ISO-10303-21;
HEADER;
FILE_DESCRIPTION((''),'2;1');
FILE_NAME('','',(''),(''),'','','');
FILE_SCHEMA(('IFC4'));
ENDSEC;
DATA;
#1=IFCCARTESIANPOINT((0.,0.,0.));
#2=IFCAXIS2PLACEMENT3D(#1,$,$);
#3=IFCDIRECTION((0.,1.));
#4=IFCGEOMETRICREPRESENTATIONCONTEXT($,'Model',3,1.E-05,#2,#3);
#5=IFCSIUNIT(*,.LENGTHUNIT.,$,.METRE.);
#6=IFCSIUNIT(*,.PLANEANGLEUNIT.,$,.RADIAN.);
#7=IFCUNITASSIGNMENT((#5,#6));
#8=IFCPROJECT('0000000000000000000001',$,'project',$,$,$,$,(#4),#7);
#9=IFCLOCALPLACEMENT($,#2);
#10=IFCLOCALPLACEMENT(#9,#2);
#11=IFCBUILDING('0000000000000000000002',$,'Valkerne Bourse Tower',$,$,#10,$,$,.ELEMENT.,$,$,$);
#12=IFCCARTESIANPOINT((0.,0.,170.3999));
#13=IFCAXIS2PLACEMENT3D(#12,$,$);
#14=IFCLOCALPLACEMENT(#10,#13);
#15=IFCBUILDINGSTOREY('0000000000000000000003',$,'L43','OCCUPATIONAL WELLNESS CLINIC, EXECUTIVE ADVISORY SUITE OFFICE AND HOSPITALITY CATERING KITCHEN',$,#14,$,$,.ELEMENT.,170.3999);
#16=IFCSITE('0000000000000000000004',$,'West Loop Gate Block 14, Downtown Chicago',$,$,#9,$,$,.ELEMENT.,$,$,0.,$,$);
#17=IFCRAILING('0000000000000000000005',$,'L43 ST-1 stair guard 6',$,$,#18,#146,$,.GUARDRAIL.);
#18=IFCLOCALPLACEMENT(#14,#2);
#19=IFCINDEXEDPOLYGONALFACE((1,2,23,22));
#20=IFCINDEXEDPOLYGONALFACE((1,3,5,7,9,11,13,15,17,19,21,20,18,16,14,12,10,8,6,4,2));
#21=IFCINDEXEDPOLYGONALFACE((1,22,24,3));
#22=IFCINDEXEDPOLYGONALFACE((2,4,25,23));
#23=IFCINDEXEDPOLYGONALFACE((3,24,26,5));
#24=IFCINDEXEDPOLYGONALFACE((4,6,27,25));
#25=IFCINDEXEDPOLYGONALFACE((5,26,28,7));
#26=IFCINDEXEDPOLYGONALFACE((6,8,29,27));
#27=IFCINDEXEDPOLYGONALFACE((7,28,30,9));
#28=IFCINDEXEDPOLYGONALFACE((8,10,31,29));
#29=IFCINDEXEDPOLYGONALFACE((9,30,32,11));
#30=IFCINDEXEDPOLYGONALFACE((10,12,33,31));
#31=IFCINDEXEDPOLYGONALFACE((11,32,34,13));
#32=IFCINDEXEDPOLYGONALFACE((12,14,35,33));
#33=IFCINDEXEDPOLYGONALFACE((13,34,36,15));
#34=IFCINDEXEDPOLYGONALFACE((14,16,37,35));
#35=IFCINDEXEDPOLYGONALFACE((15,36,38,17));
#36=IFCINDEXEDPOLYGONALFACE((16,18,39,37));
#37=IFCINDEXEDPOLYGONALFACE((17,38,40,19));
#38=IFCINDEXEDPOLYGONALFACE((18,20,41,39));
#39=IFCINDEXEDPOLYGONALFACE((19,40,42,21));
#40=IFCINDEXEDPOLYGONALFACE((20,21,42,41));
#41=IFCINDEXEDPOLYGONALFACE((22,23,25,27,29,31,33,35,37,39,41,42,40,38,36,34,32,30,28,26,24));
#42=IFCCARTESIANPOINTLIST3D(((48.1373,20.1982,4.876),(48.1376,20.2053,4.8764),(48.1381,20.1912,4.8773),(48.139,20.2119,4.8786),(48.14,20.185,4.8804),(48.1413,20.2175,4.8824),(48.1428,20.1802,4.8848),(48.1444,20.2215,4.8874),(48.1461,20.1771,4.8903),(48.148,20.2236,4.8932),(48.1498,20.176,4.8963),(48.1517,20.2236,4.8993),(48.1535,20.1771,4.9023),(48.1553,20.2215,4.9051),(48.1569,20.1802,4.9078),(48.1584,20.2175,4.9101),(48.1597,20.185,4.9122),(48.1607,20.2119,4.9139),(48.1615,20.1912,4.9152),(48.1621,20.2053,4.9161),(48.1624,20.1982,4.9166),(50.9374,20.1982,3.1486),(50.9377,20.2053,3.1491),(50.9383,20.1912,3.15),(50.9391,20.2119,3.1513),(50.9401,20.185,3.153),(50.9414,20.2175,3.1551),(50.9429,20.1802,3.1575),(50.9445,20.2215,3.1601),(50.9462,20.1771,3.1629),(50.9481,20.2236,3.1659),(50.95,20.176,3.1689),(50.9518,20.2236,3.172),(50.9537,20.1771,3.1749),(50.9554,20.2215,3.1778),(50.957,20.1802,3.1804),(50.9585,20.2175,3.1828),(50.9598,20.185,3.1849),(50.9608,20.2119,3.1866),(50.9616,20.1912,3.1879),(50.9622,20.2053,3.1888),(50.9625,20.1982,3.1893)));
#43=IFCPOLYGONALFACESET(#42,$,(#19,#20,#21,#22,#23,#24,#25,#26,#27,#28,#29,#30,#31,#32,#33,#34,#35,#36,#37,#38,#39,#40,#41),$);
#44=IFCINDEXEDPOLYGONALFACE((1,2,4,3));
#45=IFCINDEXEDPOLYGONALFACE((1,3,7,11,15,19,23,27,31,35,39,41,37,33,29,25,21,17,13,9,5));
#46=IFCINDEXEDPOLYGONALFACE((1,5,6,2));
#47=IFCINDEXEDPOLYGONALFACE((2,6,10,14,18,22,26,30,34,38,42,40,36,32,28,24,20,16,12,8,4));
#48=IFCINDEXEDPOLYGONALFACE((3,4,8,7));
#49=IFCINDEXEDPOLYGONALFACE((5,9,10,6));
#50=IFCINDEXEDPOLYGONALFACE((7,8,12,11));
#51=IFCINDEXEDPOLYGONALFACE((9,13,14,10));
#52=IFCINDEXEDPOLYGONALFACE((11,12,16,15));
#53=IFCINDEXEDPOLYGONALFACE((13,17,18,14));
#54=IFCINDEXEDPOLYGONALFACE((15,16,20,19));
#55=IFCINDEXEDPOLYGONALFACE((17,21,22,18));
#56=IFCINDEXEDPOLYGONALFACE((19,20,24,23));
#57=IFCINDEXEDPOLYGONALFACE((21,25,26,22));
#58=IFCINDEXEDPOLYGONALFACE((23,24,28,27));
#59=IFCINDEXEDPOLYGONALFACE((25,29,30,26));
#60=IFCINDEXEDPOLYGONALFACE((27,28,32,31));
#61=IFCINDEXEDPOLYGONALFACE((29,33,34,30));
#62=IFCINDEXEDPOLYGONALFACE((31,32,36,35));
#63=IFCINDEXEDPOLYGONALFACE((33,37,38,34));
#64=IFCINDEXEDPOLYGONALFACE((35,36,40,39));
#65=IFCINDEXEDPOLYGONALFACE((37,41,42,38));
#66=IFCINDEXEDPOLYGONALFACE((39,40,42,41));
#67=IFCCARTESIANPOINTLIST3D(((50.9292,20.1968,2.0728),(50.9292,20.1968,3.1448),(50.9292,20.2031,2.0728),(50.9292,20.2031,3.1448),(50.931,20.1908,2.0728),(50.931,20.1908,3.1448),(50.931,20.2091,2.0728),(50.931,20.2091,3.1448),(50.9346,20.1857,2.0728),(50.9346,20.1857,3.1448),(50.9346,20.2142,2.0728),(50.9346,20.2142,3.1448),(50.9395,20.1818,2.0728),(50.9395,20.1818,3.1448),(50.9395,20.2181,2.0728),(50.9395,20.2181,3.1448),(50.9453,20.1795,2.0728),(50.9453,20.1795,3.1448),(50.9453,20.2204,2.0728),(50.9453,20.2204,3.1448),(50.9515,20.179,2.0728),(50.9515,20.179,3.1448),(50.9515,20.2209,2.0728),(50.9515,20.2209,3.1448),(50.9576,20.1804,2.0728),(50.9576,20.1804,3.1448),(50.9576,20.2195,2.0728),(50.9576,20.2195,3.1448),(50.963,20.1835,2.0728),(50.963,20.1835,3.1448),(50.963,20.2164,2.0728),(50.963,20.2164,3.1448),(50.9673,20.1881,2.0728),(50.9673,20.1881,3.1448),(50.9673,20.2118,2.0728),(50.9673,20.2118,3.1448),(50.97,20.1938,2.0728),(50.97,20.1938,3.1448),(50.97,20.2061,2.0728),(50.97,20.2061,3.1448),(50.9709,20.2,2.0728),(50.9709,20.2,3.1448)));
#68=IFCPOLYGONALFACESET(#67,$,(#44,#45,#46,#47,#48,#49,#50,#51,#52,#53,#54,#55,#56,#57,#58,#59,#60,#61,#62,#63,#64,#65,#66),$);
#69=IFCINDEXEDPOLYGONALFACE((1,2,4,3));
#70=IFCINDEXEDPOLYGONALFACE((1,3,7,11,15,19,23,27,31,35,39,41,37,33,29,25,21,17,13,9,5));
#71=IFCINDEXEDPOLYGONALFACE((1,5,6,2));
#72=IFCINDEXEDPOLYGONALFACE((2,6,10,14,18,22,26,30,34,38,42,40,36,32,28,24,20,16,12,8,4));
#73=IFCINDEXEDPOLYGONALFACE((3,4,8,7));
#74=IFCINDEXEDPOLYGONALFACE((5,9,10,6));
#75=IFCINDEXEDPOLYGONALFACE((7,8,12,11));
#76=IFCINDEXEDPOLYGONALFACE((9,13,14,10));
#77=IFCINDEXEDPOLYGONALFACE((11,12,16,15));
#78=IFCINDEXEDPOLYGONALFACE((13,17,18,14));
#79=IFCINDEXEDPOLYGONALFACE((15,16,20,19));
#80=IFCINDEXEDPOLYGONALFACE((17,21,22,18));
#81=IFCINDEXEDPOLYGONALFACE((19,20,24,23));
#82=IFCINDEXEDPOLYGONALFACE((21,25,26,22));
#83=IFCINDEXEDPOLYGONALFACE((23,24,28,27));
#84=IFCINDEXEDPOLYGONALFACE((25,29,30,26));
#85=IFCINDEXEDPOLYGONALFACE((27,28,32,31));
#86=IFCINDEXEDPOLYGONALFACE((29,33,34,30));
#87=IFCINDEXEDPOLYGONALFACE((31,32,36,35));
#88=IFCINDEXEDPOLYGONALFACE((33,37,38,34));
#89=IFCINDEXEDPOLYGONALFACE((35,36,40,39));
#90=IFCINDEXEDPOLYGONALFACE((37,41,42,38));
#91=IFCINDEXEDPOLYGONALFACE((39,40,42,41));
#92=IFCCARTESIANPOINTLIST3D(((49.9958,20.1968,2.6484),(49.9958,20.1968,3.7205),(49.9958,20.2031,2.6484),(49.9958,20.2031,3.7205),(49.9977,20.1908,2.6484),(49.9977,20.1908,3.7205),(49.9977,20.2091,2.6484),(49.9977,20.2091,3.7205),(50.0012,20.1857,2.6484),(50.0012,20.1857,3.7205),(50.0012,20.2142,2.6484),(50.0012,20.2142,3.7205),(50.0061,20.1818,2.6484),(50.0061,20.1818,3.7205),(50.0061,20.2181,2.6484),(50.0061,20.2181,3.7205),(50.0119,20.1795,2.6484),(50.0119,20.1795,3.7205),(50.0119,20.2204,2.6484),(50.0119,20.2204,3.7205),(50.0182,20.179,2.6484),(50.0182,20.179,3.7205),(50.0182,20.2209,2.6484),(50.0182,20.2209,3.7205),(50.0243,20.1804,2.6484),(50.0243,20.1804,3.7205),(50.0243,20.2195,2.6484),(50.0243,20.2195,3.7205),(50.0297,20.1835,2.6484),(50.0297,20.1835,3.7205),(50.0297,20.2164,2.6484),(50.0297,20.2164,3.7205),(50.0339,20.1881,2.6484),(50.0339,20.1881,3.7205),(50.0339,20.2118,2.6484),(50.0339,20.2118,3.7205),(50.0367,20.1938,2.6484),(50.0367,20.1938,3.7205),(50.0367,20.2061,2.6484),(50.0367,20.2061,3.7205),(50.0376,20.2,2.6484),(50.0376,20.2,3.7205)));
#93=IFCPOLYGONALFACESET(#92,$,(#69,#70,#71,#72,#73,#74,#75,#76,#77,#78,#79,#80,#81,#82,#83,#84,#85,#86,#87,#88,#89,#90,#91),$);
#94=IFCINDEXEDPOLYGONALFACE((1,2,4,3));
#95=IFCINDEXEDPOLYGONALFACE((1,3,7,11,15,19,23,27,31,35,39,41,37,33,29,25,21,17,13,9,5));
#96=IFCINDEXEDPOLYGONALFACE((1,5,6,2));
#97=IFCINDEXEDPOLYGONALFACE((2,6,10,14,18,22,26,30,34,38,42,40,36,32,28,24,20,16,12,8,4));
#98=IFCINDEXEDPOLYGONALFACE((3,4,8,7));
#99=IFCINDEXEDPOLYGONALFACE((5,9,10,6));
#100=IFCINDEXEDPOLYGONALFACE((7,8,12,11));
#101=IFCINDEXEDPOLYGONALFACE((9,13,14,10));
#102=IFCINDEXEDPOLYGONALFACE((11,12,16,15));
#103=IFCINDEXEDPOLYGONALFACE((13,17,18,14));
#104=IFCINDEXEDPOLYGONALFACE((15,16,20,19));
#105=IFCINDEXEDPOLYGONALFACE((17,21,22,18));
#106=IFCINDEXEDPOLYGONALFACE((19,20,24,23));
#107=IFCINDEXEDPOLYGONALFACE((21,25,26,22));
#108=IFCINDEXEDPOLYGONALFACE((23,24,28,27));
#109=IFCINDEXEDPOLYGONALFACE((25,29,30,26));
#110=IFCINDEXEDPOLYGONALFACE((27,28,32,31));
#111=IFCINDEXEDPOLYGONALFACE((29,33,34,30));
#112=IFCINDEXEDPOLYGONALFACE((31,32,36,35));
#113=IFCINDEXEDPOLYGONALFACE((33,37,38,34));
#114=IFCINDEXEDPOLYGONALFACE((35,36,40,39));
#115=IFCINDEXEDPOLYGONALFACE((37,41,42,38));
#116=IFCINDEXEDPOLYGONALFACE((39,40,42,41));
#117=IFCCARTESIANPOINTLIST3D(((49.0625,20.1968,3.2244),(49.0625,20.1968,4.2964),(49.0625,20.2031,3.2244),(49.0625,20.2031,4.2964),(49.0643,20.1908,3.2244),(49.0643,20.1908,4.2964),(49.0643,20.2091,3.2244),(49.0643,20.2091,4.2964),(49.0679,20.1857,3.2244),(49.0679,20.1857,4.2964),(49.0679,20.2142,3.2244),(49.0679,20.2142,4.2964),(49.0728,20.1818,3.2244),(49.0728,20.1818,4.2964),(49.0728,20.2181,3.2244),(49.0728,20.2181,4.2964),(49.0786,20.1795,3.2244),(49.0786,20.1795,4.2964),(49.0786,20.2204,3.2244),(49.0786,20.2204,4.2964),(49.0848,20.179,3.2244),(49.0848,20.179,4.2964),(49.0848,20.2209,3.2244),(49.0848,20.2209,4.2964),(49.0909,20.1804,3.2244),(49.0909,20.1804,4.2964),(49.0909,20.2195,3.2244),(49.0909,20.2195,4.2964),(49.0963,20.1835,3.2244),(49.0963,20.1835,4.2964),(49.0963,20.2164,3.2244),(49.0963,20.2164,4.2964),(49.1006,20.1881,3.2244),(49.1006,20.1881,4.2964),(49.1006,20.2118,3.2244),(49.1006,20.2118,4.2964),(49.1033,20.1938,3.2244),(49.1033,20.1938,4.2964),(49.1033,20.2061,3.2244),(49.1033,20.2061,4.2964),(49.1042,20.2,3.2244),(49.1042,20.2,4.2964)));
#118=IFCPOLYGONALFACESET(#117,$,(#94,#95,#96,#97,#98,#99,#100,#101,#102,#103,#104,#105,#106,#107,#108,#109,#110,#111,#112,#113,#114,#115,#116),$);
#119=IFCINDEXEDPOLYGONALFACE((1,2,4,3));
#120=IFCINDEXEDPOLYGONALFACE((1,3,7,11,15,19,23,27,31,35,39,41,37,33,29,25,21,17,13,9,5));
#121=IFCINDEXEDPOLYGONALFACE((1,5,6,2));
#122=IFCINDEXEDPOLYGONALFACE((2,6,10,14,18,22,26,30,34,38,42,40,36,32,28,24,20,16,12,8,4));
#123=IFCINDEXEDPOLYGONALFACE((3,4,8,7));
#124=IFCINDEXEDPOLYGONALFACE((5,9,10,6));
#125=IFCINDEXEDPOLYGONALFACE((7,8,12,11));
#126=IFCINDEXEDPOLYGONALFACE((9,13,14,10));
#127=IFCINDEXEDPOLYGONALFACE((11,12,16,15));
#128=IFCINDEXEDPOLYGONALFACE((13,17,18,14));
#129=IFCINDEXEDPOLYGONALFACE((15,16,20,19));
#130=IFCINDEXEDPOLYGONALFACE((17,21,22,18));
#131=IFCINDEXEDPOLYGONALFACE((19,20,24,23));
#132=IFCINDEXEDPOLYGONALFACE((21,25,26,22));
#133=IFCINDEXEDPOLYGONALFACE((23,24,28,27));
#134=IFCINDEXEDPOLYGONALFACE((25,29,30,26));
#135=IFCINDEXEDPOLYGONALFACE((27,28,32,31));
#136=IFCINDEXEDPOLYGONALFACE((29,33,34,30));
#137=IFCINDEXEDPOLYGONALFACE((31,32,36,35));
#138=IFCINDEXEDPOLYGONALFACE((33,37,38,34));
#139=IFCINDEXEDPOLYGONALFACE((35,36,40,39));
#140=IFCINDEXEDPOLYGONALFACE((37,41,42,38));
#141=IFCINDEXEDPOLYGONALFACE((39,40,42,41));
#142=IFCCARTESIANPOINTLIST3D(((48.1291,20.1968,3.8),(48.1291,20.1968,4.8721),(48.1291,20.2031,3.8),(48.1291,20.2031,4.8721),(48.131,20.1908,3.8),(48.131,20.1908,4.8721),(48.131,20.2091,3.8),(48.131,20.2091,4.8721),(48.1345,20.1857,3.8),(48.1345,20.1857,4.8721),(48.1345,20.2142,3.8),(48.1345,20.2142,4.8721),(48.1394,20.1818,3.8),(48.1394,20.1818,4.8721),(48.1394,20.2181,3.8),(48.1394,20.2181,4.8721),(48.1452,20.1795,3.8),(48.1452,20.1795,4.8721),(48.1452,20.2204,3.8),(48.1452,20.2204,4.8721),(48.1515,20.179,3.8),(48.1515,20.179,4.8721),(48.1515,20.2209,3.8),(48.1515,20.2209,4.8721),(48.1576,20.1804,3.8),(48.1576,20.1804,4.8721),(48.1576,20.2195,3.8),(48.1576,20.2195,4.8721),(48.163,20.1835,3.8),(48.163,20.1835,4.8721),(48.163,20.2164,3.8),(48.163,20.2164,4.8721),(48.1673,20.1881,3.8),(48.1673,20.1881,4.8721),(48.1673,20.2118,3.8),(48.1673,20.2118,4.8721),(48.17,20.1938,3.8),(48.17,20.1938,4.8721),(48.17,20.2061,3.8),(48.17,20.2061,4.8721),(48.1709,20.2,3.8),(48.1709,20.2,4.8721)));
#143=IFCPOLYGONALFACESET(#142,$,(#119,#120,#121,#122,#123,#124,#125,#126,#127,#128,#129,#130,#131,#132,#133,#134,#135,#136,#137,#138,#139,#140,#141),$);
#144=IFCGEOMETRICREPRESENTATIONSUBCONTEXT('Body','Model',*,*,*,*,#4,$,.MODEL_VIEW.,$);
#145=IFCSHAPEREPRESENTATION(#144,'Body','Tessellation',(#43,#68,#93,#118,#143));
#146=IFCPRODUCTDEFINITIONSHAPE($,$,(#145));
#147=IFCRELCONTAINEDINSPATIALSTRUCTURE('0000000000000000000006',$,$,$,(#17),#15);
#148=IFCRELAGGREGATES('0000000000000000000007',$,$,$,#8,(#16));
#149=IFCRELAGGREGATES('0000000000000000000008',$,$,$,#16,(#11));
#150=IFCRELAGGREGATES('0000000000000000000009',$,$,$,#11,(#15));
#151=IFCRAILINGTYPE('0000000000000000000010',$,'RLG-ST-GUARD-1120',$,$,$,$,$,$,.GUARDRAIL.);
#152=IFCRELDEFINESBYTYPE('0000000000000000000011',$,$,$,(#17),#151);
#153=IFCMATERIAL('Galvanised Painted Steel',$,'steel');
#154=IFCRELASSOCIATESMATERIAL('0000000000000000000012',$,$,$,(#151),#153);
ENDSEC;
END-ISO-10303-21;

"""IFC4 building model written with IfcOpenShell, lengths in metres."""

from ifc_helpers import new_model, si_unit, direction, frame, origin, origin_2d, place, context, subcontext, project, spatial, circle, extrude, material, type_object, element, save


model = new_model("IFC4")

# Units and contexts
model_context = context("Model", 3, precision=1e-05, world=origin(), true_north=direction((0.0, 1.0)))
body_context = subcontext(model_context, "Body", "Model", "MODEL_VIEW")
ifc_project = project(units=[si_unit("LENGTHUNIT", "METRE"), si_unit("PLANEANGLEUNIT", "RADIAN")], contexts=[model_context])

# Site, building, storey
site_placement = place(None, origin())
site = spatial("IfcSite", under=ifc_project, at=site_placement, Name="West Loop Gate Block 14, Downtown Chicago", CompositionType="ELEMENT", RefElevation=0.0)
building_placement = place(site_placement, origin())
building = spatial("IfcBuilding", under=site, at=building_placement, Name="Valkerne Bourse Tower", CompositionType="ELEMENT")
storey_placement = place(building_placement, frame((0.0, 0.0, 170.3999)))
storey = spatial("IfcBuildingStorey", under=building, at=storey_placement, Name="L43", Description="OCCUPATIONAL WELLNESS CLINIC, EXECUTIVE ADVISORY SUITE OFFICE AND HOSPITALITY CATERING KITCHEN", CompositionType="ELEMENT", Elevation=170.3999)

# Shared definitions
ifc_material_1 = material(Name="Galvanised Painted Steel", Category="steel")

# Railing
railing_type_1 = type_object("IfcRailingType", Name="RLG-ST-GUARD-1120", PredefinedType="GUARDRAIL", material=ifc_material_1)
railing_1_placement = place(storey_placement, frame((50.95, 20.2, 2.0728)))
element("IfcRailing", 1, at=railing_1_placement, inside=storey, type_object=railing_type_1, Name="L43 ST-1 stair guard 6", PredefinedType="GUARDRAIL", context=body_context, shape_type="SweptSolid", body=[
    extrude(circle(Radius=0.0239, at=origin_2d()), frame((0.0, 0.0, 1.0962), z_axis=(-0.85109, 0.0, 0.52502), x_axis=(0.0, -1.0, 0.0)), (0.0, 0.0, 1.0), 3.29),
    extrude(circle(Radius=0.021, at=origin_2d()), origin(), (0.0, 0.0, 1.0), 1.072),
    extrude(circle(Radius=0.021, at=origin_2d()), frame((-0.9333, 0.0, 0.5757)), (0.0, 0.0, 1.0), 1.072),
    extrude(circle(Radius=0.021, at=origin_2d()), frame((-1.8667, 0.0, 1.1516)), (0.0, 0.0, 1.0), 1.072),
    extrude(circle(Radius=0.021, at=origin_2d()), frame((-2.8, 0.0, 1.7273)), (0.0, 0.0, 1.0), 1.072),
])

save(model, "model.ifc")
